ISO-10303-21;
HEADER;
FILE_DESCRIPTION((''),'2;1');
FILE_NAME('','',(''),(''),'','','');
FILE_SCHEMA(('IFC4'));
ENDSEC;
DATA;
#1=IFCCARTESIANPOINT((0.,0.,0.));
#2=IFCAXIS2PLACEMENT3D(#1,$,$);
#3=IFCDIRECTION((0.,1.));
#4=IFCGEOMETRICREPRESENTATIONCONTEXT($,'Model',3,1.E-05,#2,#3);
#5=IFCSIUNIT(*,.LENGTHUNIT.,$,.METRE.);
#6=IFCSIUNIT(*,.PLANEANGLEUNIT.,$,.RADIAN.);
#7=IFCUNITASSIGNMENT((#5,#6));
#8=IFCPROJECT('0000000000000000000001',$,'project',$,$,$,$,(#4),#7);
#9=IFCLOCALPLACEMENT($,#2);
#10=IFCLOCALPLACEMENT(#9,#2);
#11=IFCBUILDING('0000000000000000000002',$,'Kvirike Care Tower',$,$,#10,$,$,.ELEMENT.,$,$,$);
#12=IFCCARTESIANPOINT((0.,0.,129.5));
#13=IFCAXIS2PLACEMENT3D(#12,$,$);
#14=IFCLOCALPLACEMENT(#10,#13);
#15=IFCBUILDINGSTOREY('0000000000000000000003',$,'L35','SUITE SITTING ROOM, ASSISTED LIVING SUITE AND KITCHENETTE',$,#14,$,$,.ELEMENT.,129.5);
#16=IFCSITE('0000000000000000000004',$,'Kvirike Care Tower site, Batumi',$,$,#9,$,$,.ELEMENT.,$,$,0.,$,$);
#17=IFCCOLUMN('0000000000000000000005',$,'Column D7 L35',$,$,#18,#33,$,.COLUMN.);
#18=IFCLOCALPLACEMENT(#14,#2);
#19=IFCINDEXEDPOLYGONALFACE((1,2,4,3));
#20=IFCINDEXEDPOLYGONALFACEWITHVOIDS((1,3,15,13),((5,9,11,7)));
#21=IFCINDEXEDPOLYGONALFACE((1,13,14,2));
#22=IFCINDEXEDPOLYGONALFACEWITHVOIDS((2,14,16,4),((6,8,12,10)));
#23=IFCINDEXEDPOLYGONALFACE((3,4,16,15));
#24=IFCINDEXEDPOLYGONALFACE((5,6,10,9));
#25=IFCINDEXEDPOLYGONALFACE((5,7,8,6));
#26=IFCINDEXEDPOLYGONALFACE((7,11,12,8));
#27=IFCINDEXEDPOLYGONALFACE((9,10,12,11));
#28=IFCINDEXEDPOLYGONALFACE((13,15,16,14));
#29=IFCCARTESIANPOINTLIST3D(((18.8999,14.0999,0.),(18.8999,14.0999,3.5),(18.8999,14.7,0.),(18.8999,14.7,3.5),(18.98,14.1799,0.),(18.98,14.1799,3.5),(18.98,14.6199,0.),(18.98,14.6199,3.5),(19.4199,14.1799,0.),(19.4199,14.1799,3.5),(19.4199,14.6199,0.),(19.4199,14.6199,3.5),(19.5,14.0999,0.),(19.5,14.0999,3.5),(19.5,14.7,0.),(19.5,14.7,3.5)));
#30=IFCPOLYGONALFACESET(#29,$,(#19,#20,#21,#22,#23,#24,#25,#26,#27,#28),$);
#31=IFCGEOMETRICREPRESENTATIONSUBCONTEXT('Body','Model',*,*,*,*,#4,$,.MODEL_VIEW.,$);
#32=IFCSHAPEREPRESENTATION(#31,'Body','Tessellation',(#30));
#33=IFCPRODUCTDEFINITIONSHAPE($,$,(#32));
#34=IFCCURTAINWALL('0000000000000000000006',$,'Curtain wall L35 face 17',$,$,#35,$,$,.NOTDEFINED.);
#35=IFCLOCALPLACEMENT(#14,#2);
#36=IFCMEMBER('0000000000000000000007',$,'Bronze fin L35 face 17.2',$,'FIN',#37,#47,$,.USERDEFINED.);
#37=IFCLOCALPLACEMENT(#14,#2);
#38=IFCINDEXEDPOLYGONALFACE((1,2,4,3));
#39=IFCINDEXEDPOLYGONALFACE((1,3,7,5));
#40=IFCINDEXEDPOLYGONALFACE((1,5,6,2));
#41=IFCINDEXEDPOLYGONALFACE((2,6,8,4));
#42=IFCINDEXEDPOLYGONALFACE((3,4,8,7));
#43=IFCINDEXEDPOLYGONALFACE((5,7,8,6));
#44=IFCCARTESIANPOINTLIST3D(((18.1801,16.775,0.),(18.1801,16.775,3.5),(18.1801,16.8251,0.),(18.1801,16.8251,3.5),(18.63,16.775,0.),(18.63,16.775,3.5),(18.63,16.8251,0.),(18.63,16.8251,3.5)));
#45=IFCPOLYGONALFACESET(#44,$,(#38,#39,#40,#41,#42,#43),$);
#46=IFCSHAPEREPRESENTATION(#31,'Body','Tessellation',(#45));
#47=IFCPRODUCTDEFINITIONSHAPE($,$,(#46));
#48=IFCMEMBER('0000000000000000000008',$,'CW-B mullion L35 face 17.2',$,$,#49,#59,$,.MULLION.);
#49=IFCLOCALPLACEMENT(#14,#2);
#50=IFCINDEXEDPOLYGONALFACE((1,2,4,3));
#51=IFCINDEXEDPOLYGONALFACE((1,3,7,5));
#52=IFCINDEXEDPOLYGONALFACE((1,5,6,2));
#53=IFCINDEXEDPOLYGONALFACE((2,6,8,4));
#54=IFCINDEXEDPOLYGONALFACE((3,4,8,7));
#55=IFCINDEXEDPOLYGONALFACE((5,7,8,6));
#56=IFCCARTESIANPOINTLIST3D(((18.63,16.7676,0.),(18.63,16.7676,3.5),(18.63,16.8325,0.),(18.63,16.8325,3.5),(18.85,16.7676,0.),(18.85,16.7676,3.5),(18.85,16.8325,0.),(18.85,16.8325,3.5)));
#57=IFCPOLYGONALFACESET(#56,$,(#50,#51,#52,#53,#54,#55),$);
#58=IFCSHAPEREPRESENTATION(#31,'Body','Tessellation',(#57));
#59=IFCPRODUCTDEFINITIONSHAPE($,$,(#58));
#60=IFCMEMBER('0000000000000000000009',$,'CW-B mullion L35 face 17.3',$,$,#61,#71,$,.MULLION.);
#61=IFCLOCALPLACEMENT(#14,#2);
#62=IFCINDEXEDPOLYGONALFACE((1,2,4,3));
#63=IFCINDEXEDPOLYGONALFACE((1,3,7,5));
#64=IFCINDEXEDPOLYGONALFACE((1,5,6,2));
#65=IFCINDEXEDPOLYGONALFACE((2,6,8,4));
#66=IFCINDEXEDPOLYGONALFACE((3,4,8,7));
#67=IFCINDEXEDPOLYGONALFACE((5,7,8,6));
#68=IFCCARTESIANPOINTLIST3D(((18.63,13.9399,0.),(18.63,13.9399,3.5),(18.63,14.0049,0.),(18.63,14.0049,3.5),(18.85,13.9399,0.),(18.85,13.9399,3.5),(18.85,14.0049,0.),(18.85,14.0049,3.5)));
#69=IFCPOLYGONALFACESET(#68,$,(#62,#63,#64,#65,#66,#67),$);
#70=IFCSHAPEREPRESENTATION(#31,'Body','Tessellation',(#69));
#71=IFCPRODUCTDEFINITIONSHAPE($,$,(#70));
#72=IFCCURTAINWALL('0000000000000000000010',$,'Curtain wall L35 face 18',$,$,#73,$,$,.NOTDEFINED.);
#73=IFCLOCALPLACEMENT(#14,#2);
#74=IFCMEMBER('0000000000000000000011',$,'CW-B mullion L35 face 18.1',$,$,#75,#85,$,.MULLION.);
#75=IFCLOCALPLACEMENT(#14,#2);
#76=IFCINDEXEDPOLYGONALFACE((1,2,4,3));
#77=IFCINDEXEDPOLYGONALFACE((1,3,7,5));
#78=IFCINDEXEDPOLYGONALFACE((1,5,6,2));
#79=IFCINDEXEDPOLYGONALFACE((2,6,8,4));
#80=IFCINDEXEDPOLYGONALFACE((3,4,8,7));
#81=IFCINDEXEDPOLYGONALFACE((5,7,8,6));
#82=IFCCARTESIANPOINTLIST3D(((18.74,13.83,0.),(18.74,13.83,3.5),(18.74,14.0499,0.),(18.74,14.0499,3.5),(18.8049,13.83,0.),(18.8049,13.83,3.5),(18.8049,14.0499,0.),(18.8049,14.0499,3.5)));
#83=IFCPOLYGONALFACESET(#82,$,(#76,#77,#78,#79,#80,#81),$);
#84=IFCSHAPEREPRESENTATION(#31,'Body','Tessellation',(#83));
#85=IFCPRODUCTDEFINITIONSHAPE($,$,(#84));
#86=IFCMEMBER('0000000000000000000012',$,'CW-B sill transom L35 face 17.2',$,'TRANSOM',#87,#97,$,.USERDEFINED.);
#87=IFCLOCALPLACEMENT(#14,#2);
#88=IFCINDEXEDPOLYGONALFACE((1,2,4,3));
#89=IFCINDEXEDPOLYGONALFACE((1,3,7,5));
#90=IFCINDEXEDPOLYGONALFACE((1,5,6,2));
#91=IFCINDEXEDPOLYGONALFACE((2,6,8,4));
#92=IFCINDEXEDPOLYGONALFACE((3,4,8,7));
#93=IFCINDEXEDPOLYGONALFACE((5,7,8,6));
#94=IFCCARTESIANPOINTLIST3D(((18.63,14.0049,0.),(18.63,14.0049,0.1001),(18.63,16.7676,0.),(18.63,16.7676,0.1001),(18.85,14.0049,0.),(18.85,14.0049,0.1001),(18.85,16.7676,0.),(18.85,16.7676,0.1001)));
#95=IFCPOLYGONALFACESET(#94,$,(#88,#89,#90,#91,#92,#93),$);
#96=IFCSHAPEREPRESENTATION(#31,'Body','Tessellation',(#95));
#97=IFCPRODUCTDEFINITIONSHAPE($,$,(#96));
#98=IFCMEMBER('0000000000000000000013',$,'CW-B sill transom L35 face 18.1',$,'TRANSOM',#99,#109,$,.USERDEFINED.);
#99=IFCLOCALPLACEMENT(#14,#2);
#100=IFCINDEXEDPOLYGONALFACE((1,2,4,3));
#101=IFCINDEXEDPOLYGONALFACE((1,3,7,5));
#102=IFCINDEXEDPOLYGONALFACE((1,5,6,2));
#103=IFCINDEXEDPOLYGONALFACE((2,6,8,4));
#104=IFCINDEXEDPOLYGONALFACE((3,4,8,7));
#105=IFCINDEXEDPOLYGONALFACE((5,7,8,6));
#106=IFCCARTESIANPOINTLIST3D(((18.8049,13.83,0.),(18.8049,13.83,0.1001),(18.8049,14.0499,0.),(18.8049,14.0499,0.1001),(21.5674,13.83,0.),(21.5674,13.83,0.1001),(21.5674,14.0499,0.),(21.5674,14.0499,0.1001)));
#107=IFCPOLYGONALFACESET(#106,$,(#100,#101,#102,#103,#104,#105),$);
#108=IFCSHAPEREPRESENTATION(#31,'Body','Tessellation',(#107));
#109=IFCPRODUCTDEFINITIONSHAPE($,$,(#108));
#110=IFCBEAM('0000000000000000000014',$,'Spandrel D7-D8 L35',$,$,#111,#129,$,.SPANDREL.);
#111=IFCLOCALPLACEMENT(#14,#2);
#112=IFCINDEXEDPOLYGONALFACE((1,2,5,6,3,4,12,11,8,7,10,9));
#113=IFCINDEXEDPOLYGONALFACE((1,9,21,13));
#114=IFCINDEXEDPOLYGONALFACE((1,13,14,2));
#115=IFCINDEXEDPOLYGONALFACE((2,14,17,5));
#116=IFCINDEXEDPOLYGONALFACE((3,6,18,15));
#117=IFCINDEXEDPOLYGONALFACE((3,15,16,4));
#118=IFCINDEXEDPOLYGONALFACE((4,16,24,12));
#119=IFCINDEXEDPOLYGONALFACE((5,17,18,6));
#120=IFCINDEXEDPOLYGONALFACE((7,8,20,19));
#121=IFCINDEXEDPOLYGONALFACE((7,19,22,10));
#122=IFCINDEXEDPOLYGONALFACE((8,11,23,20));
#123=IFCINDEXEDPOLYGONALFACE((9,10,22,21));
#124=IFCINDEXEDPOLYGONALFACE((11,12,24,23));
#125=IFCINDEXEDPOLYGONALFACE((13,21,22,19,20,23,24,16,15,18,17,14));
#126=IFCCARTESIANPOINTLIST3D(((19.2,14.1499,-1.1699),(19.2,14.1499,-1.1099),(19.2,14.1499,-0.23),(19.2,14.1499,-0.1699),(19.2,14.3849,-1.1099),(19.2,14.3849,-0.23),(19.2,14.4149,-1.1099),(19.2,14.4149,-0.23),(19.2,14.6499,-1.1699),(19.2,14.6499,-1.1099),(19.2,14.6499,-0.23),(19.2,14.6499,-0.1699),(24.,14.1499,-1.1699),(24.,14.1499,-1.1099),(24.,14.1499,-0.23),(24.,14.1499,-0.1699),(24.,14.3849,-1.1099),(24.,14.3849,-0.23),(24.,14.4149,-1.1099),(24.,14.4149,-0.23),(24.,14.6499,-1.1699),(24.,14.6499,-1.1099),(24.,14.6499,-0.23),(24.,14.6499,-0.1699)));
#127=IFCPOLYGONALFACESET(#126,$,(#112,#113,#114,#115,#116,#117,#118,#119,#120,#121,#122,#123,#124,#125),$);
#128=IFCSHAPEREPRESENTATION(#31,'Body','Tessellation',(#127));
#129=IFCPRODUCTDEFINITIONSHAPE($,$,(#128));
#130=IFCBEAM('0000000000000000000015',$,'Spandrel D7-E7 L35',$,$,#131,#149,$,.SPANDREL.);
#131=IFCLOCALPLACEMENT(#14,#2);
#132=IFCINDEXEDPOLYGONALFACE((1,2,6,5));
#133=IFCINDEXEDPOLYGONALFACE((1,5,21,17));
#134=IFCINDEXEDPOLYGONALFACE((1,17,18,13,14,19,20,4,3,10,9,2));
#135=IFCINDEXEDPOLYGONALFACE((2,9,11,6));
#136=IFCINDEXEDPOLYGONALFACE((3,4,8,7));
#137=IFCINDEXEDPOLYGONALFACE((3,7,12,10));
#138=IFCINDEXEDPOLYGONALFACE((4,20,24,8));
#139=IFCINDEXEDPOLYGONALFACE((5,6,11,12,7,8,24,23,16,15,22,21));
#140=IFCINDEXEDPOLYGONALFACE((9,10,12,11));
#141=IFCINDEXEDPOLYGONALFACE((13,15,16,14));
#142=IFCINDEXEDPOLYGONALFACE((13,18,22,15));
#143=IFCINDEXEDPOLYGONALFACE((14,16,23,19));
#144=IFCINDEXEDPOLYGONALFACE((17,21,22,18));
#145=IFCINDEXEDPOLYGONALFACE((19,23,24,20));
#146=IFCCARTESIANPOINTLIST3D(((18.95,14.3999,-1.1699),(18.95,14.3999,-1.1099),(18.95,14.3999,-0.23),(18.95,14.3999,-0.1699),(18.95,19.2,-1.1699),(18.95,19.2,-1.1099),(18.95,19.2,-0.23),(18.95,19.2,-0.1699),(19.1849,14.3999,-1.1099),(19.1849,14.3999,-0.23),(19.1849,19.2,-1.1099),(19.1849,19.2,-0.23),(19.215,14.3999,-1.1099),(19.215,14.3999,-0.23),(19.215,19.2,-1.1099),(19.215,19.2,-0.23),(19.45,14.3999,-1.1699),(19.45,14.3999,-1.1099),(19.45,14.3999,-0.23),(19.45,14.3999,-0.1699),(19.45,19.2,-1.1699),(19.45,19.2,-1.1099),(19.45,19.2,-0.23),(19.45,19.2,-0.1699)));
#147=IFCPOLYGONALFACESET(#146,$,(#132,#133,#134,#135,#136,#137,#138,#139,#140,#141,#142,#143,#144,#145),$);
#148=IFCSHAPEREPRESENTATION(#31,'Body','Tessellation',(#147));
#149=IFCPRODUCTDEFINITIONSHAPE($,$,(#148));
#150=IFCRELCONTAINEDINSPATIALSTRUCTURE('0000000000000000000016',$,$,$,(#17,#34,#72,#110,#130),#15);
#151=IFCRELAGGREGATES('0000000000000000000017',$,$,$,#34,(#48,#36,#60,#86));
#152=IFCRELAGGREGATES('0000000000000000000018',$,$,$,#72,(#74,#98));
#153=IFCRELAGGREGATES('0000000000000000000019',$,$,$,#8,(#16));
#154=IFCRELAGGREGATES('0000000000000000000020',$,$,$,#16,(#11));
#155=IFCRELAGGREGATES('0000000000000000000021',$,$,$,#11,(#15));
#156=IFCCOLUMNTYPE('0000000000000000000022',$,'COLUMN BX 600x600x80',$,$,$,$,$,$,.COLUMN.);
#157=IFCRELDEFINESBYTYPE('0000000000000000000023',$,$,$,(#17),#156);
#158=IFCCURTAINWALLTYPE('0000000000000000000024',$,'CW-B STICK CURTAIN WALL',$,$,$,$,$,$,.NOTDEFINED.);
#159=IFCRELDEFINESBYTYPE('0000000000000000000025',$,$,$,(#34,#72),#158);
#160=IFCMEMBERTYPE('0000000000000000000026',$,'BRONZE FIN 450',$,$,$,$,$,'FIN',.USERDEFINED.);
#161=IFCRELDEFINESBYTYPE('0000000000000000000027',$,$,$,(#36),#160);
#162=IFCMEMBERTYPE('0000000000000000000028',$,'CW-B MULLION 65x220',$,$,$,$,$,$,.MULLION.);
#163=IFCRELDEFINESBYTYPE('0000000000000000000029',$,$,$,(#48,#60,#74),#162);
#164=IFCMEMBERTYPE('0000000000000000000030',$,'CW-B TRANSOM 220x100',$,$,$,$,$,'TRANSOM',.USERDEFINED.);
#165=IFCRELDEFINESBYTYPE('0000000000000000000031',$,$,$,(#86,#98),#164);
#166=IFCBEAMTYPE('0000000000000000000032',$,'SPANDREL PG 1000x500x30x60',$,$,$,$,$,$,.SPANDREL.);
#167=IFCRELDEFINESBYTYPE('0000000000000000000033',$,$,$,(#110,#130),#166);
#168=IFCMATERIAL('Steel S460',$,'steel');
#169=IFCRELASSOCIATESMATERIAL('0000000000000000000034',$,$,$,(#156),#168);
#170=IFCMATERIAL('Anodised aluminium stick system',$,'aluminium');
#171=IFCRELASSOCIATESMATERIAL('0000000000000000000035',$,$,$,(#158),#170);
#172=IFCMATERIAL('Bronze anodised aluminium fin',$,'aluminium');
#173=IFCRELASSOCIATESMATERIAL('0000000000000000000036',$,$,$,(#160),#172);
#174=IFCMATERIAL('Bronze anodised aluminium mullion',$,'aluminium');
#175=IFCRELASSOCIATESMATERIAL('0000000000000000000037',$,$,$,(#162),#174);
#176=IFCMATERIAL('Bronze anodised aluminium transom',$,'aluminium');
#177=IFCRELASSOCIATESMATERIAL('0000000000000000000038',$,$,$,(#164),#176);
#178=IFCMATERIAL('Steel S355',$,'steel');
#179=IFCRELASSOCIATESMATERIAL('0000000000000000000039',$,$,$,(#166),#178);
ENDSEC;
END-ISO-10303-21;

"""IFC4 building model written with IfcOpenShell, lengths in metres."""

from ifc_helpers import new_model, si_unit, direction, frame, origin, origin_2d, place, context, subcontext, project, spatial, rectangle, hollow_rectangle, i_section, extrude, material, material_profile, profile_set, type_object, element, aggregate, save


model = new_model("IFC4")

# Units and contexts
model_context = context("Model", 3, precision=1e-05, world=origin(), true_north=direction((0.0, 1.0)))
body_context = subcontext(model_context, "Body", "Model", "MODEL_VIEW")
ifc_project = project(units=[si_unit("LENGTHUNIT", "METRE"), si_unit("PLANEANGLEUNIT", "RADIAN")], contexts=[model_context])

# Site, building, storey
site_placement = place(None, origin())
site = spatial("IfcSite", under=ifc_project, at=site_placement, Name="Kvirike Care Tower site, Batumi", CompositionType="ELEMENT", RefElevation=0.0)
building_placement = place(site_placement, origin())
building = spatial("IfcBuilding", under=site, at=building_placement, Name="Kvirike Care Tower", CompositionType="ELEMENT")
storey_placement = place(building_placement, frame((0.0, 0.0, 129.5)))
storey = spatial("IfcBuildingStorey", under=building, at=storey_placement, Name="L35", Description="SUITE SITTING ROOM, ASSISTED LIVING SUITE AND KITCHENETTE", CompositionType="ELEMENT", Elevation=129.5)

# Column
ifc_material_1 = material(Name="Steel S460", Category="steel")
ifc_material_profile_1 = material_profile(ifc_material_1, hollow_rectangle(XDim=0.6001, YDim=0.6001, WallThickness=0.0801, at=origin_2d()), Name="BX 600x600x80")
ifc_profile_set_1 = profile_set([ifc_material_profile_1], Name="Steel S460")
column_type = type_object("IfcColumnType", Name="COLUMN BX 600x600x80", PredefinedType="COLUMN", material=ifc_profile_set_1)
column_placement = place(storey_placement, frame((19.2, 14.3999, 0.0), z_axis=(0.0, 0.0, 1.0), x_axis=(0.0, 1.0, 0.0)))
element("IfcColumn", 1, at=column_placement, inside=storey, type_object=column_type, Name="Column D7 L35", PredefinedType="COLUMN", context=body_context, shape_type="SweptSolid", body=[
    extrude(hollow_rectangle(XDim=0.6001, YDim=0.6001, WallThickness=0.0801, at=origin_2d()), origin(), (0.0, 0.0, 1.0), 3.5),
])

# Curtain wall, members
ifc_material_2 = material(Name="Anodised aluminium stick system", Category="aluminium")
curtain_wall_type = type_object("IfcCurtainWallType", Name="CW-B STICK CURTAIN WALL", PredefinedType="NOTDEFINED", material=ifc_material_2)
curtain_wall_1_placement = place(storey_placement, origin())
curtain_wall_1 = element("IfcCurtainWall", 2, at=curtain_wall_1_placement, inside=storey, type_object=curtain_wall_type, Name="Curtain wall L35 face 17", PredefinedType="NOTDEFINED")
ifc_material_3 = material(Name="Bronze anodised aluminium fin", Category="aluminium")
ifc_material_profile_2 = material_profile(ifc_material_3, rectangle(XDim=0.05, YDim=0.45, at=origin_2d()), Name="BRONZE FIN 450")
ifc_profile_set_2 = profile_set([ifc_material_profile_2], Name="Bronze anodised aluminium fin")
member_type_1 = type_object("IfcMemberType", Name="BRONZE FIN 450", ElementType="FIN", PredefinedType="USERDEFINED", material=ifc_profile_set_2)
member_1_placement = place(storey_placement, frame((18.405, 16.8, 0.0), z_axis=(0.0, 0.0, 1.0), x_axis=(0.0, -1.0, 0.0)))
member_1 = element("IfcMember", 3, at=member_1_placement, type_object=member_type_1, Name="Bronze fin L35 face 17.2", ObjectType="FIN", PredefinedType="USERDEFINED", context=body_context, shape_type="SweptSolid", body=[
    extrude(rectangle(XDim=0.05, YDim=0.45, at=origin_2d()), origin(), (0.0, 0.0, 1.0), 3.5),
])
ifc_material_4 = material(Name="Bronze anodised aluminium mullion", Category="aluminium")
ifc_material_profile_3 = material_profile(ifc_material_4, rectangle(XDim=0.0649, YDim=0.22, at=origin_2d()), Name="CW-B MULLION 65x220")
ifc_profile_set_3 = profile_set([ifc_material_profile_3], Name="Bronze anodised aluminium mullion")
member_type_2 = type_object("IfcMemberType", Name="CW-B MULLION 65x220", PredefinedType="MULLION", material=ifc_profile_set_3)
member_2_placement = place(storey_placement, frame((18.74, 16.8, 0.0), z_axis=(0.0, 0.0, 1.0), x_axis=(0.0, -1.0, 0.0)))
member_2 = element("IfcMember", 4, at=member_2_placement, type_object=member_type_2, Name="CW-B mullion L35 face 17.2", PredefinedType="MULLION", context=body_context, shape_type="SweptSolid", body=[
    extrude(rectangle(XDim=0.0649, YDim=0.22, at=origin_2d()), origin(), (0.0, 0.0, 1.0), 3.5),
])
member_3_placement = place(storey_placement, frame((18.74, 13.9724, 0.0), z_axis=(0.0, 0.0, 1.0), x_axis=(0.0, -1.0, 0.0)))
member_3 = element("IfcMember", 5, at=member_3_placement, type_object=member_type_2, Name="CW-B mullion L35 face 17.3", PredefinedType="MULLION", context=body_context, shape_type="SweptSolid", body=[
    extrude(rectangle(XDim=0.0649, YDim=0.22, at=origin_2d()), origin(), (0.0, 0.0, 1.0), 3.5),
])

# Curtain wall, member
curtain_wall_2_placement = place(storey_placement, origin())
curtain_wall_2 = element("IfcCurtainWall", 6, at=curtain_wall_2_placement, inside=storey, type_object=curtain_wall_type, Name="Curtain wall L35 face 18", PredefinedType="NOTDEFINED")
member_4_placement = place(storey_placement, frame((18.7725, 13.9399, 0.0), z_axis=(0.0, 0.0, 1.0), x_axis=(1.0, 0.0, 0.0)))
member_4 = element("IfcMember", 7, at=member_4_placement, type_object=member_type_2, Name="CW-B mullion L35 face 18.1", PredefinedType="MULLION", context=body_context, shape_type="SweptSolid", body=[
    extrude(rectangle(XDim=0.0649, YDim=0.22, at=origin_2d()), origin(), (0.0, 0.0, 1.0), 3.5),
])

# Members
ifc_material_5 = material(Name="Bronze anodised aluminium transom", Category="aluminium")
ifc_material_profile_4 = material_profile(ifc_material_5, rectangle(XDim=0.22, YDim=0.1001, at=origin_2d()), Name="CW-B TRANSOM 220x100")
ifc_profile_set_4 = profile_set([ifc_material_profile_4], Name="Bronze anodised aluminium transom")
member_type_3 = type_object("IfcMemberType", Name="CW-B TRANSOM 220x100", ElementType="TRANSOM", PredefinedType="USERDEFINED", material=ifc_profile_set_4)
member_5_placement = place(storey_placement, frame((18.74, 16.7676, 0.05), z_axis=(0.0, -1.0, 0.0), x_axis=(1.0, 0.0, 0.0)))
member_5 = element("IfcMember", 8, at=member_5_placement, type_object=member_type_3, Name="CW-B sill transom L35 face 17.2", ObjectType="TRANSOM", PredefinedType="USERDEFINED", context=body_context, shape_type="SweptSolid", body=[
    extrude(rectangle(XDim=0.22, YDim=0.1001, at=origin_2d()), origin(), (0.0, 0.0, 1.0), 2.7627),
])
member_6_placement = place(storey_placement, frame((18.8049, 13.9399, 0.05), z_axis=(1.0, 0.0, 0.0), x_axis=(0.0, 1.0, 0.0)))
member_6 = element("IfcMember", 9, at=member_6_placement, type_object=member_type_3, Name="CW-B sill transom L35 face 18.1", ObjectType="TRANSOM", PredefinedType="USERDEFINED", context=body_context, shape_type="SweptSolid", body=[
    extrude(rectangle(XDim=0.22, YDim=0.1001, at=origin_2d()), origin(), (0.0, 0.0, 1.0), 2.7625),
])

# Beams
ifc_material_6 = material(Name="Steel S355", Category="steel")
ifc_material_profile_5 = material_profile(ifc_material_6, i_section(OverallWidth=0.5, OverallDepth=1.0, WebThickness=0.03, FlangeThickness=0.0601, at=origin_2d()), Name="PG 1000x500x30x60")
ifc_profile_set_5 = profile_set([ifc_material_profile_5], Name="Steel S355")
beam_type = type_object("IfcBeamType", Name="SPANDREL PG 1000x500x30x60", PredefinedType="SPANDREL", material=ifc_profile_set_5)
for number, where, z_axis, x_axis, name in (
    (10, (19.2, 14.3999, -0.6699), (1.0, 0.0, 0.0), (0.0, 1.0, 0.0), "Spandrel D7-D8 L35"),
    (11, (19.2, 14.3999, -0.6699), (0.0, 1.0, 0.0), (-1.0, 0.0, 0.0), "Spandrel D7-E7 L35"),
):
    element("IfcBeam", number, at=place(storey_placement, frame(where, z_axis=z_axis, x_axis=x_axis)), inside=storey, type_object=beam_type, Name=name, PredefinedType="SPANDREL", context=body_context, shape_type="SweptSolid", body=[
        extrude(i_section(OverallWidth=0.5, OverallDepth=1.0, WebThickness=0.03, FlangeThickness=0.0601, at=origin_2d()), origin(), (0.0, 0.0, 1.0), 4.8),
    ])

aggregate(curtain_wall_1, [member_2, member_1, member_3, member_5])
aggregate(curtain_wall_2, [member_4, member_6])

save(model, "model.ifc")
